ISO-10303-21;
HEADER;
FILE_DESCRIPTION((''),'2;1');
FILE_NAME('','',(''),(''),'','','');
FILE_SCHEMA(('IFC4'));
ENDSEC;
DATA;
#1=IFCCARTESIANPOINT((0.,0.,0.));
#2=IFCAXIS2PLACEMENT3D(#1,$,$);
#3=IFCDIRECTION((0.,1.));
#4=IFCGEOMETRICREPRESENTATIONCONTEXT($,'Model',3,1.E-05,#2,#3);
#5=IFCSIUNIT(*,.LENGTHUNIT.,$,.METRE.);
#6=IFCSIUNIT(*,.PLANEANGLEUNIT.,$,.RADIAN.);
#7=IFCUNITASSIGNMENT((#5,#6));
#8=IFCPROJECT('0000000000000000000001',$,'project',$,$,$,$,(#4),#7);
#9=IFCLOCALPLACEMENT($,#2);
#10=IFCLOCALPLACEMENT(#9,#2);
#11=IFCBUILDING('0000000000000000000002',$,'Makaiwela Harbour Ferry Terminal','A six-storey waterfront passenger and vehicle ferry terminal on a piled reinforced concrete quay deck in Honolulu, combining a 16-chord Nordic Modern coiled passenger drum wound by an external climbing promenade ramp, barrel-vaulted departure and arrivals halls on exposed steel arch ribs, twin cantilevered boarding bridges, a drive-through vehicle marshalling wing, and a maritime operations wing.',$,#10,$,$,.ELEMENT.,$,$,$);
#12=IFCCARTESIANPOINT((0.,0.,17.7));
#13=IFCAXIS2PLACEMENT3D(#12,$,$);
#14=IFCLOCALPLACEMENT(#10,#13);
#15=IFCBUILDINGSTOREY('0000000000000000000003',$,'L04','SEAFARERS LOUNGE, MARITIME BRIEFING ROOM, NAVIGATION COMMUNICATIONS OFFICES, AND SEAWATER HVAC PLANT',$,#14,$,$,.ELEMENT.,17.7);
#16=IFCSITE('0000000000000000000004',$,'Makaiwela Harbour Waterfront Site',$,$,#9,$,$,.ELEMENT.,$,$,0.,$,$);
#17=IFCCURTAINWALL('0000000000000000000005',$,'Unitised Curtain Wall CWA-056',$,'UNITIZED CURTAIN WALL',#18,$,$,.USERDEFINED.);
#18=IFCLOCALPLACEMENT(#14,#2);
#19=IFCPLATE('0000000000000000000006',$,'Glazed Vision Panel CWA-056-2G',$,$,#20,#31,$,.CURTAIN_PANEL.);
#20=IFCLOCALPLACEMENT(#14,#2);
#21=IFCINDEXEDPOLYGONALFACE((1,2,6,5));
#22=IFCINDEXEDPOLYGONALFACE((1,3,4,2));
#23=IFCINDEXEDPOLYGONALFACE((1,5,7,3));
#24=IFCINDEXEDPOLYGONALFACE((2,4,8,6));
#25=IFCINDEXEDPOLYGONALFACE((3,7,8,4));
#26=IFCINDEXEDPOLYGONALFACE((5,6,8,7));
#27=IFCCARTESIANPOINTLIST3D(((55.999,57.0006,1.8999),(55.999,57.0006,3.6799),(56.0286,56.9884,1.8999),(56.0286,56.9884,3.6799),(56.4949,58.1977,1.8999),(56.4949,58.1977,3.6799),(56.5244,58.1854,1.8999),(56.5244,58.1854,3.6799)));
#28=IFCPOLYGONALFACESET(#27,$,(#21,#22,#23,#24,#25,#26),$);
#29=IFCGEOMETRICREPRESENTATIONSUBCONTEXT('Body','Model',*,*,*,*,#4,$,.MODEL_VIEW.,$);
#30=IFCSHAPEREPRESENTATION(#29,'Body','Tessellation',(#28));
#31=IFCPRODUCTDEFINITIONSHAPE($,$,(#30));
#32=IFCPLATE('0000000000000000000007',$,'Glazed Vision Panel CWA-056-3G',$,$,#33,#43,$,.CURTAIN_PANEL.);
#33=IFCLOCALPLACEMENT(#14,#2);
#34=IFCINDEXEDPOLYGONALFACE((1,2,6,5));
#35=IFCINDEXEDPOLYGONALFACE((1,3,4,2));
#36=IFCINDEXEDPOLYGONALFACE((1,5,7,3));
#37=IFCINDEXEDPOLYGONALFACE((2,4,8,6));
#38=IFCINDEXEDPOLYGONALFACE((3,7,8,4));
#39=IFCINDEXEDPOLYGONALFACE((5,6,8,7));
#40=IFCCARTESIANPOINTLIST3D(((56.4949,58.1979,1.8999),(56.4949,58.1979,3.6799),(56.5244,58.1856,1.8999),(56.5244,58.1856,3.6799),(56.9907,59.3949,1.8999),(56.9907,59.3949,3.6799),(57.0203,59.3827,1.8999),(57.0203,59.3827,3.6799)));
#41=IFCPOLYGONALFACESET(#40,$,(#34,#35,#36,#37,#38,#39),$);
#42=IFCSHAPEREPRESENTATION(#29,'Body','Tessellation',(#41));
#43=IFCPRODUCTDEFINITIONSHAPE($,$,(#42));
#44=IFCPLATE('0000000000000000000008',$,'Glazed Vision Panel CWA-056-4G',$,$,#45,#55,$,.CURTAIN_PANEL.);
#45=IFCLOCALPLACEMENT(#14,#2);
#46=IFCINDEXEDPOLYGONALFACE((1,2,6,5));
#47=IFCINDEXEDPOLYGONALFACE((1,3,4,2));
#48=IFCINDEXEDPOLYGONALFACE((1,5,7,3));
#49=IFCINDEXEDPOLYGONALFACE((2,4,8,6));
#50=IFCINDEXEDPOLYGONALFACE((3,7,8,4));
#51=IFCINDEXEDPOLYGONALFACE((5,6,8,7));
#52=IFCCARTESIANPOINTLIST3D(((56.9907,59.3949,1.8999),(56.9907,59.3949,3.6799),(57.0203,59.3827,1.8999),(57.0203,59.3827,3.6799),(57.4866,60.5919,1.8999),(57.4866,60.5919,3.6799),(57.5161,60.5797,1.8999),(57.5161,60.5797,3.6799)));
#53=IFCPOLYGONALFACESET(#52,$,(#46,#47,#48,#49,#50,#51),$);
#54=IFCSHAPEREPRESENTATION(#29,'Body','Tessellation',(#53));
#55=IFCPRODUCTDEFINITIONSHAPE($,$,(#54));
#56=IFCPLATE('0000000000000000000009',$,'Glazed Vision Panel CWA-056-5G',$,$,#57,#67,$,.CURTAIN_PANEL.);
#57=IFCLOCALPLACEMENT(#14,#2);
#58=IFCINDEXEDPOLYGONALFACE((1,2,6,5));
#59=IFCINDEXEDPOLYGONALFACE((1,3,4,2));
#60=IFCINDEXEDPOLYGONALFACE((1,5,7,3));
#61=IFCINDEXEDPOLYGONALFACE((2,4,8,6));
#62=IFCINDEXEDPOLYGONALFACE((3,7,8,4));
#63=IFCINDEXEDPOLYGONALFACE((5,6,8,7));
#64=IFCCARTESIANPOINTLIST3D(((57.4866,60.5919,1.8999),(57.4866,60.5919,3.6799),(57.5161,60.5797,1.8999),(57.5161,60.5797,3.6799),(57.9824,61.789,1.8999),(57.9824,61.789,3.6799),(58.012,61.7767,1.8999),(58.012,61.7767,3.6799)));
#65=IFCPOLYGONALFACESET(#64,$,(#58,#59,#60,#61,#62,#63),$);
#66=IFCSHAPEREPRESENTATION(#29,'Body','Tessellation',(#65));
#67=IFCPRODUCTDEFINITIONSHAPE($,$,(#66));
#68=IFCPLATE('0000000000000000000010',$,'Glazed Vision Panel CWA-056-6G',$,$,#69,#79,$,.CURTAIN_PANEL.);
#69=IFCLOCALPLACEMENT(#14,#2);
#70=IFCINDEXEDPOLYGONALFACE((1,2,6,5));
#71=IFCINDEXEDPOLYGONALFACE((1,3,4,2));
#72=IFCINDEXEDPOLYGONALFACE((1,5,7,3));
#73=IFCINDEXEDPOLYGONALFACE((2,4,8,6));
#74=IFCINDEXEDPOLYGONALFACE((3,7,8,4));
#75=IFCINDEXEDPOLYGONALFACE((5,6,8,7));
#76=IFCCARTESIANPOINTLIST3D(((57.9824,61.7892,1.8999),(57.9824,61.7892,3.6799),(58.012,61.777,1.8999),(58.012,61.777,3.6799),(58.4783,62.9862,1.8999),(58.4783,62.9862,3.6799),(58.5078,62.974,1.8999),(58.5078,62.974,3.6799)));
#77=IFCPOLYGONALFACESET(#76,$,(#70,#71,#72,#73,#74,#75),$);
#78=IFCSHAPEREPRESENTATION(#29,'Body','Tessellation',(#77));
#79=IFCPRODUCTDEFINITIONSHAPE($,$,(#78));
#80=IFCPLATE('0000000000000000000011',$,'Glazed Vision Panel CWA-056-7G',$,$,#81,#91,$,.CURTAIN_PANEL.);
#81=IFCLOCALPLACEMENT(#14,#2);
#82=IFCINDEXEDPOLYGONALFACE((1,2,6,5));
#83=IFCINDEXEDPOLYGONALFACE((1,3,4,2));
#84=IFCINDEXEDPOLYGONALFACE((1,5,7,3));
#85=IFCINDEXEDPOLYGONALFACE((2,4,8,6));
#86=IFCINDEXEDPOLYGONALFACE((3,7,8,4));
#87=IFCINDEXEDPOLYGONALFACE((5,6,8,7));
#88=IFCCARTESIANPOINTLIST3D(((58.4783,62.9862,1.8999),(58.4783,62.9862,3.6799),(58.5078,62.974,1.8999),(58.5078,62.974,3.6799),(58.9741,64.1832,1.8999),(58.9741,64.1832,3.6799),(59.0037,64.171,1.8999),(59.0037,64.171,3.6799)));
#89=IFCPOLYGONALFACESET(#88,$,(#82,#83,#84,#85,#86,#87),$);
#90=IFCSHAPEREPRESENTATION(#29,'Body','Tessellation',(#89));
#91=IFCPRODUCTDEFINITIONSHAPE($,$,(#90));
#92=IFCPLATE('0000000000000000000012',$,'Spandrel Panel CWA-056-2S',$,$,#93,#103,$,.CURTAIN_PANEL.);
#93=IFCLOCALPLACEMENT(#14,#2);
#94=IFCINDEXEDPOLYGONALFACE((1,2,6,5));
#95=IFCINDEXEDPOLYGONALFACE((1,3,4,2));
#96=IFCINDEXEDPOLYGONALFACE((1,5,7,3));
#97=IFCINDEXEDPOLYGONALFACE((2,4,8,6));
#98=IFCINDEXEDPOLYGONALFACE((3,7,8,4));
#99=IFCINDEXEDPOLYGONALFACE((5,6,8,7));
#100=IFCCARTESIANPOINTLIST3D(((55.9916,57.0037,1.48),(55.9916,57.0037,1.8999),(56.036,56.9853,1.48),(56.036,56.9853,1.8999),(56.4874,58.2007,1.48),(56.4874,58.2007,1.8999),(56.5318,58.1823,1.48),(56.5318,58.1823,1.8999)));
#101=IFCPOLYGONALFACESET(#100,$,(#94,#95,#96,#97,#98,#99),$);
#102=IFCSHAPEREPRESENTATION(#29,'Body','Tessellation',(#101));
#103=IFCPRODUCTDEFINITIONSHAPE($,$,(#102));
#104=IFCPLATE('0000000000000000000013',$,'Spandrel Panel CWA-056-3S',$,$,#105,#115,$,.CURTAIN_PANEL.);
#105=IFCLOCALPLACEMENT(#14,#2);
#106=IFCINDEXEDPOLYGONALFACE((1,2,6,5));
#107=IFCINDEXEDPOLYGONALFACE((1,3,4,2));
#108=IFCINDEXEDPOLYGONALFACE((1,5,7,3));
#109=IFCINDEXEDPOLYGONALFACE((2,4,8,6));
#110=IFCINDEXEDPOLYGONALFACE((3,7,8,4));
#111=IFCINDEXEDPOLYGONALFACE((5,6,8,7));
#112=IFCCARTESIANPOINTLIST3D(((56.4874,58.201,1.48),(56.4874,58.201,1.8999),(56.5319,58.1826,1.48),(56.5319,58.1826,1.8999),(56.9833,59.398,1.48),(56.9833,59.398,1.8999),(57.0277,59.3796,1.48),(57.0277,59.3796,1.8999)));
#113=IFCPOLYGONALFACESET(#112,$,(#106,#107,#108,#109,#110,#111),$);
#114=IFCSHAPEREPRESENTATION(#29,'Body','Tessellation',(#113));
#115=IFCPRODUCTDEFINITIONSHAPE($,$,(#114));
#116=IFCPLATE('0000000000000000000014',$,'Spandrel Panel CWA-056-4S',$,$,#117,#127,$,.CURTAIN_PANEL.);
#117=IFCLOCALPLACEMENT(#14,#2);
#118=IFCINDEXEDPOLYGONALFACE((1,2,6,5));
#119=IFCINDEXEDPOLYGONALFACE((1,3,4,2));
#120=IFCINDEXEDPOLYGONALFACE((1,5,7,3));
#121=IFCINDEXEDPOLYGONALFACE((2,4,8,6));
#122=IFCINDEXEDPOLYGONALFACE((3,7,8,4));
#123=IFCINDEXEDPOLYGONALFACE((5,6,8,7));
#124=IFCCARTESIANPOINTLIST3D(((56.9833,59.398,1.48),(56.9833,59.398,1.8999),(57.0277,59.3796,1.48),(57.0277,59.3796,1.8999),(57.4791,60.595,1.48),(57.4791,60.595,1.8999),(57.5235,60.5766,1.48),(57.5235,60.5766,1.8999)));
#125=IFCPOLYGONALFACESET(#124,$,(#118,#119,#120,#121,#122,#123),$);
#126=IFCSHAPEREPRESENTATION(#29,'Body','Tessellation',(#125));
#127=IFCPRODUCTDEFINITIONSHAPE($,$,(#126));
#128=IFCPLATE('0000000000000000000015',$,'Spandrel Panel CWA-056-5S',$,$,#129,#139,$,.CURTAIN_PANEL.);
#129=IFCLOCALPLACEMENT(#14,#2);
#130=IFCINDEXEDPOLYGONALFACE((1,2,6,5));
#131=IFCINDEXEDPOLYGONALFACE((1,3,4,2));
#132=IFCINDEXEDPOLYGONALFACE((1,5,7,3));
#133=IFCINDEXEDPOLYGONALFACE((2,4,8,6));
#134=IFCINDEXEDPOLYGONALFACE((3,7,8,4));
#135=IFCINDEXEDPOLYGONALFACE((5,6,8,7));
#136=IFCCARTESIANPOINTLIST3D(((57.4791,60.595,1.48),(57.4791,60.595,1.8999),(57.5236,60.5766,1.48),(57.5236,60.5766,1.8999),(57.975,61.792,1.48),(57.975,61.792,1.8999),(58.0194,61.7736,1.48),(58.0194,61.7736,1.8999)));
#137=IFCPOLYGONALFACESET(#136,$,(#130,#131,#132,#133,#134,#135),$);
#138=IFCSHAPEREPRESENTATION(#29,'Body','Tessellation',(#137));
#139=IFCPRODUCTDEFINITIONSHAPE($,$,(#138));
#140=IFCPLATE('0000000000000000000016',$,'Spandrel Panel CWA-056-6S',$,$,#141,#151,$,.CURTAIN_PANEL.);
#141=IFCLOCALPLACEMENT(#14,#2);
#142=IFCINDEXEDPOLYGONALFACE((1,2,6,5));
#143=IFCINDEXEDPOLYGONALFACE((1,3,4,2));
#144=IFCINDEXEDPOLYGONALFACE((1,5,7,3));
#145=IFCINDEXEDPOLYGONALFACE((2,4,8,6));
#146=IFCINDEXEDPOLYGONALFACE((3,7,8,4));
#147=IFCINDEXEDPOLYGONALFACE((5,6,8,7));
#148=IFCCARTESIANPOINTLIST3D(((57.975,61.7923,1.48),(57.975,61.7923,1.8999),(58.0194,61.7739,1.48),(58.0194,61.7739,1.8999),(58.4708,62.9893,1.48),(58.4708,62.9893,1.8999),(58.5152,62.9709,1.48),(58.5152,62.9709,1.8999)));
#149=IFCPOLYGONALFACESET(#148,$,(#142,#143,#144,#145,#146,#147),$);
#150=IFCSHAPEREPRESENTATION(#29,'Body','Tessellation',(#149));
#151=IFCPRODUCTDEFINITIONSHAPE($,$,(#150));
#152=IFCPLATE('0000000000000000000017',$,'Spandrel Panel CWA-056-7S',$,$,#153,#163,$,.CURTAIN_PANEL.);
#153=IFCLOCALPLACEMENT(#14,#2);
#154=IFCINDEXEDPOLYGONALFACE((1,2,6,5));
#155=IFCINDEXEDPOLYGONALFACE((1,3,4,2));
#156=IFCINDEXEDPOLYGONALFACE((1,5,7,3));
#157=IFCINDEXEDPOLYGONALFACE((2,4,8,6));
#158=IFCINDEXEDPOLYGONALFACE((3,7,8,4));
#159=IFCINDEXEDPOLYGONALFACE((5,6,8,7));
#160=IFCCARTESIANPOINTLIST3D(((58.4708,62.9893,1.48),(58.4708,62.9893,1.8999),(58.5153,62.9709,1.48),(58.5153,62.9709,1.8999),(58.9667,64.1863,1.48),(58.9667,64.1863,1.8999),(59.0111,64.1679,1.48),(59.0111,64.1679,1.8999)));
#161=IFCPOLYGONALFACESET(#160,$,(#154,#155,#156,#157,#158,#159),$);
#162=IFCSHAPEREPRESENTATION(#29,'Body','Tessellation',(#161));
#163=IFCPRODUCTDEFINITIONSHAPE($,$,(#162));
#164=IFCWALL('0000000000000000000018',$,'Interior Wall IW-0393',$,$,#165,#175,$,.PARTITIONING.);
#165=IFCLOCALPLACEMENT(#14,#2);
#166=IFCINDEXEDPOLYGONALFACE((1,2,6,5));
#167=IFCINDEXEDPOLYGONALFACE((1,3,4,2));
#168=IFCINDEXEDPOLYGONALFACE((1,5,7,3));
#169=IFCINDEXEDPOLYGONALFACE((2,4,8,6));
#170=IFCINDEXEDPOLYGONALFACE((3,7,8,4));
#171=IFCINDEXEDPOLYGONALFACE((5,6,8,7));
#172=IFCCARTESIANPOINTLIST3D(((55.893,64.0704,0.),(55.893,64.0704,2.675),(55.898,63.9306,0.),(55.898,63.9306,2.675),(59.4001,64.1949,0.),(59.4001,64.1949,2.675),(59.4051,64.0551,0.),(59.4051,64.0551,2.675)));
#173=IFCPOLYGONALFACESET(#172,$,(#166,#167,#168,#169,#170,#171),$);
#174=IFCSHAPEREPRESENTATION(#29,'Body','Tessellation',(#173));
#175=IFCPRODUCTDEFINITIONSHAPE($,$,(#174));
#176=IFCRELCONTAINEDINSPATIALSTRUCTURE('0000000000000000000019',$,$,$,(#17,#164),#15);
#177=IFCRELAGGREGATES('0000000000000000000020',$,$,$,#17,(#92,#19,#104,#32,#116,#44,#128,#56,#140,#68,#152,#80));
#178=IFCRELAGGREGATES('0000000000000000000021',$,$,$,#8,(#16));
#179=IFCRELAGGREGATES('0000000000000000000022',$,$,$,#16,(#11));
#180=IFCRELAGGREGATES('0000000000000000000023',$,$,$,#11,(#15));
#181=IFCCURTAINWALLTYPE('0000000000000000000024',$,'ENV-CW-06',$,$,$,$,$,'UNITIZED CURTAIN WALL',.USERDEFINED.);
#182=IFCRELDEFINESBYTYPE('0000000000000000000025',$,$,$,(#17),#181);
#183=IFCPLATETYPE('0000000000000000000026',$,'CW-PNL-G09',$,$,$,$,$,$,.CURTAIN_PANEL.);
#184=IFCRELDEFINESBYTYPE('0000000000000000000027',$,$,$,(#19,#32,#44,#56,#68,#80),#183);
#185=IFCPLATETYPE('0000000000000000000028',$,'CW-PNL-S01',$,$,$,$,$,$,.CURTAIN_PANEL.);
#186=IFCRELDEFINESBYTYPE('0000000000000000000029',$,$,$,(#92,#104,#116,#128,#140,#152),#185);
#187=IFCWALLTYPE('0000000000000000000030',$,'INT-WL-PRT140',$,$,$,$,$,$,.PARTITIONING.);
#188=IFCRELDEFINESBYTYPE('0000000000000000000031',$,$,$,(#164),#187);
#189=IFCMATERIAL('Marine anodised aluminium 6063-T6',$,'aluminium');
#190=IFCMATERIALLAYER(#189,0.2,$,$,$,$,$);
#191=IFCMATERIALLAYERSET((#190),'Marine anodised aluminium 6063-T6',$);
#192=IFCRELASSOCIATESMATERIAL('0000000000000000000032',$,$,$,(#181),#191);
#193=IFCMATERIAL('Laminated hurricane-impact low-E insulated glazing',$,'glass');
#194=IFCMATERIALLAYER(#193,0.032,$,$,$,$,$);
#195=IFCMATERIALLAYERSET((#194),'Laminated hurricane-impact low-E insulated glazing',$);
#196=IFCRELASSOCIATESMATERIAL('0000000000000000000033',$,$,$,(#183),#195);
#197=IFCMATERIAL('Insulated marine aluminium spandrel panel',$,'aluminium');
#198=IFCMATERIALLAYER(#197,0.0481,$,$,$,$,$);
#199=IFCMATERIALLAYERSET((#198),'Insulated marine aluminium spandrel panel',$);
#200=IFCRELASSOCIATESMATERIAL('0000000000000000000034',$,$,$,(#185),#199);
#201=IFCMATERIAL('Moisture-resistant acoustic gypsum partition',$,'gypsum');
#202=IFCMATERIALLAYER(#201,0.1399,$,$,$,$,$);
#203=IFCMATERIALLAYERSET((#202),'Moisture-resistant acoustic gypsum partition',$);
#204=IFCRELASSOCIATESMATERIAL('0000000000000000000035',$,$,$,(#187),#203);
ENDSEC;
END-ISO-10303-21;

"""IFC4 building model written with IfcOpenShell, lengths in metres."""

from ifc_helpers import new_model, si_unit, direction, frame, frame_2d, origin, origin_2d, place, context, subcontext, project, spatial, rectangle, extrude, material, layer, layer_set, type_object, element, aggregate, save


model = new_model("IFC4")

# Units and contexts
model_context = context("Model", 3, precision=1e-05, world=origin(), true_north=direction((0.0, 1.0)))
body_context = subcontext(model_context, "Body", "Model", "MODEL_VIEW")
ifc_project = project(units=[si_unit("LENGTHUNIT", "METRE"), si_unit("PLANEANGLEUNIT", "RADIAN")], contexts=[model_context])

# Site, building, storey
site_placement = place(None, origin())
site = spatial("IfcSite", under=ifc_project, at=site_placement, Name="Makaiwela Harbour Waterfront Site", CompositionType="ELEMENT", RefElevation=0.0)
building_placement = place(site_placement, origin())
building = spatial("IfcBuilding", under=site, at=building_placement, Name="Makaiwela Harbour Ferry Terminal", Description="A six-storey waterfront passenger and vehicle ferry terminal on a piled reinforced concrete quay deck in Honolulu, combining a 16-chord Nordic Modern coiled passenger drum wound by an external climbing promenade ramp, barrel-vaulted departure and arrivals halls on exposed steel arch ribs, twin cantilevered boarding bridges, a drive-through vehicle marshalling wing, and a maritime operations wing.", CompositionType="ELEMENT")
storey_placement = place(building_placement, frame((0.0, 0.0, 17.7)))
storey = spatial("IfcBuildingStorey", under=building, at=storey_placement, Name="L04", Description="SEAFARERS LOUNGE, MARITIME BRIEFING ROOM, NAVIGATION COMMUNICATIONS OFFICES, AND SEAWATER HVAC PLANT", CompositionType="ELEMENT", Elevation=17.7)

# Curtain wall, plates
ifc_material_1 = material(Name="Marine anodised aluminium 6063-T6", Category="aluminium")
ifc_layer_1 = layer(ifc_material_1, 0.2)
ifc_layer_set_1 = layer_set([ifc_layer_1], Name="Marine anodised aluminium 6063-T6")
curtain_wall_type = type_object("IfcCurtainWallType", Name="ENV-CW-06", ElementType="UNITIZED CURTAIN WALL", PredefinedType="USERDEFINED", material=ifc_layer_set_1)
curtain_wall_placement = place(storey_placement, origin())
curtain_wall = element("IfcCurtainWall", 1, at=curtain_wall_placement, inside=storey, type_object=curtain_wall_type, Name="Unitised Curtain Wall CWA-056", ObjectType="UNITIZED CURTAIN WALL", PredefinedType="USERDEFINED")
ifc_material_2 = material(Name="Laminated hurricane-impact low-E insulated glazing", Category="glass")
ifc_layer_2 = layer(ifc_material_2, 0.032)
ifc_layer_set_2 = layer_set([ifc_layer_2], Name="Laminated hurricane-impact low-E insulated glazing")
plate_type_1 = type_object("IfcPlateType", Name="CW-PNL-G09", PredefinedType="CURTAIN_PANEL", material=ifc_layer_set_2)
plate_1_placement = place(storey_placement, frame((56.2617, 57.593, 1.8999), z_axis=(0.0, 0.0, 1.0), x_axis=(0.382683, 0.92388, 0.0)))
plate_1 = element("IfcPlate", 2, at=plate_1_placement, type_object=plate_type_1, Name="Glazed Vision Panel CWA-056-2G", PredefinedType="CURTAIN_PANEL", context=body_context, shape_type="SweptSolid", body=[
    extrude(rectangle(XDim=1.2957, YDim=0.032, at=origin_2d()), origin(), (0.0, 0.0, 1.0), 1.78),
])
plate_2_placement = place(storey_placement, frame((56.7576, 58.7903, 1.8999), z_axis=(0.0, 0.0, 1.0), x_axis=(0.382683, 0.92388, 0.0)))
plate_2 = element("IfcPlate", 3, at=plate_2_placement, type_object=plate_type_1, Name="Glazed Vision Panel CWA-056-3G", PredefinedType="CURTAIN_PANEL", context=body_context, shape_type="SweptSolid", body=[
    extrude(rectangle(XDim=1.2957, YDim=0.032, at=origin_2d()), origin(), (0.0, 0.0, 1.0), 1.78),
])
plate_3_placement = place(storey_placement, frame((57.2534, 59.9873, 1.8999), z_axis=(0.0, 0.0, 1.0), x_axis=(0.382683, 0.92388, 0.0)))
plate_3 = element("IfcPlate", 4, at=plate_3_placement, type_object=plate_type_1, Name="Glazed Vision Panel CWA-056-4G", PredefinedType="CURTAIN_PANEL", context=body_context, shape_type="SweptSolid", body=[
    extrude(rectangle(XDim=1.2957, YDim=0.032, at=origin_2d()), origin(), (0.0, 0.0, 1.0), 1.78),
])
plate_4_placement = place(storey_placement, frame((57.7493, 61.1843, 1.8999), z_axis=(0.0, 0.0, 1.0), x_axis=(0.382683, 0.92388, 0.0)))
plate_4 = element("IfcPlate", 5, at=plate_4_placement, type_object=plate_type_1, Name="Glazed Vision Panel CWA-056-5G", PredefinedType="CURTAIN_PANEL", context=body_context, shape_type="SweptSolid", body=[
    extrude(rectangle(XDim=1.2957, YDim=0.032, at=origin_2d()), origin(), (0.0, 0.0, 1.0), 1.78),
])
plate_5_placement = place(storey_placement, frame((58.2451, 62.3816, 1.8999), z_axis=(0.0, 0.0, 1.0), x_axis=(0.382683, 0.92388, 0.0)))
plate_5 = element("IfcPlate", 6, at=plate_5_placement, type_object=plate_type_1, Name="Glazed Vision Panel CWA-056-6G", PredefinedType="CURTAIN_PANEL", context=body_context, shape_type="SweptSolid", body=[
    extrude(rectangle(XDim=1.2957, YDim=0.032, at=origin_2d()), origin(), (0.0, 0.0, 1.0), 1.78),
])
plate_6_placement = place(storey_placement, frame((58.741, 63.5786, 1.8999), z_axis=(0.0, 0.0, 1.0), x_axis=(0.382683, 0.92388, 0.0)))
plate_6 = element("IfcPlate", 7, at=plate_6_placement, type_object=plate_type_1, Name="Glazed Vision Panel CWA-056-7G", PredefinedType="CURTAIN_PANEL", context=body_context, shape_type="SweptSolid", body=[
    extrude(rectangle(XDim=1.2957, YDim=0.032, at=origin_2d()), origin(), (0.0, 0.0, 1.0), 1.78),
])
ifc_material_3 = material(Name="Insulated marine aluminium spandrel panel", Category="aluminium")
ifc_layer_3 = layer(ifc_material_3, 0.0481)
ifc_layer_set_3 = layer_set([ifc_layer_3], Name="Insulated marine aluminium spandrel panel")
plate_type_2 = type_object("IfcPlateType", Name="CW-PNL-S01", PredefinedType="CURTAIN_PANEL", material=ifc_layer_set_3)
plate_7_placement = place(storey_placement, frame((56.2617, 57.593, 1.48), z_axis=(0.0, 0.0, 1.0), x_axis=(0.382683, 0.92388, 0.0)))
plate_7 = element("IfcPlate", 8, at=plate_7_placement, type_object=plate_type_2, Name="Spandrel Panel CWA-056-2S", PredefinedType="CURTAIN_PANEL", context=body_context, shape_type="SweptSolid", body=[
    extrude(rectangle(XDim=1.2957, YDim=0.0481, at=origin_2d()), origin(), (0.0, 0.0, 1.0), 0.4199),
])
plate_8_placement = place(storey_placement, frame((56.7576, 58.7903, 1.48), z_axis=(0.0, 0.0, 1.0), x_axis=(0.382683, 0.92388, 0.0)))
plate_8 = element("IfcPlate", 9, at=plate_8_placement, type_object=plate_type_2, Name="Spandrel Panel CWA-056-3S", PredefinedType="CURTAIN_PANEL", context=body_context, shape_type="SweptSolid", body=[
    extrude(rectangle(XDim=1.2957, YDim=0.0481, at=origin_2d()), origin(), (0.0, 0.0, 1.0), 0.4199),
])
plate_9_placement = place(storey_placement, frame((57.2534, 59.9873, 1.48), z_axis=(0.0, 0.0, 1.0), x_axis=(0.382683, 0.92388, 0.0)))
plate_9 = element("IfcPlate", 10, at=plate_9_placement, type_object=plate_type_2, Name="Spandrel Panel CWA-056-4S", PredefinedType="CURTAIN_PANEL", context=body_context, shape_type="SweptSolid", body=[
    extrude(rectangle(XDim=1.2957, YDim=0.0481, at=origin_2d()), origin(), (0.0, 0.0, 1.0), 0.4199),
])
plate_10_placement = place(storey_placement, frame((57.7493, 61.1843, 1.48), z_axis=(0.0, 0.0, 1.0), x_axis=(0.382683, 0.92388, 0.0)))
plate_10 = element("IfcPlate", 11, at=plate_10_placement, type_object=plate_type_2, Name="Spandrel Panel CWA-056-5S", PredefinedType="CURTAIN_PANEL", context=body_context, shape_type="SweptSolid", body=[
    extrude(rectangle(XDim=1.2957, YDim=0.0481, at=origin_2d()), origin(), (0.0, 0.0, 1.0), 0.4199),
])
plate_11_placement = place(storey_placement, frame((58.2451, 62.3816, 1.48), z_axis=(0.0, 0.0, 1.0), x_axis=(0.382683, 0.92388, 0.0)))
plate_11 = element("IfcPlate", 12, at=plate_11_placement, type_object=plate_type_2, Name="Spandrel Panel CWA-056-6S", PredefinedType="CURTAIN_PANEL", context=body_context, shape_type="SweptSolid", body=[
    extrude(rectangle(XDim=1.2957, YDim=0.0481, at=origin_2d()), origin(), (0.0, 0.0, 1.0), 0.4199),
])
plate_12_placement = place(storey_placement, frame((58.741, 63.5786, 1.48), z_axis=(0.0, 0.0, 1.0), x_axis=(0.382683, 0.92388, 0.0)))
plate_12 = element("IfcPlate", 13, at=plate_12_placement, type_object=plate_type_2, Name="Spandrel Panel CWA-056-7S", PredefinedType="CURTAIN_PANEL", context=body_context, shape_type="SweptSolid", body=[
    extrude(rectangle(XDim=1.2957, YDim=0.0481, at=origin_2d()), origin(), (0.0, 0.0, 1.0), 0.4199),
])
aggregate(curtain_wall, [plate_7, plate_1, plate_8, plate_2, plate_9, plate_3, plate_10, plate_4, plate_11, plate_5, plate_12, plate_6])

# Wall
ifc_material_4 = material(Name="Moisture-resistant acoustic gypsum partition", Category="gypsum")
ifc_layer_4 = layer(ifc_material_4, 0.1399)
ifc_layer_set_4 = layer_set([ifc_layer_4], Name="Moisture-resistant acoustic gypsum partition")
wall_type = type_object("IfcWallType", Name="INT-WL-PRT140", PredefinedType="PARTITIONING", material=ifc_layer_set_4)
wall_placement = place(storey_placement, frame((55.8955, 64.0005, 0.0), z_axis=(0.0, 0.0, 1.0), x_axis=(0.99937, 0.035481, 0.0)))
element("IfcWall", 14, at=wall_placement, inside=storey, type_object=wall_type, Name="Interior Wall IW-0393", PredefinedType="PARTITIONING", context=body_context, shape_type="SweptSolid", body=[
    extrude(rectangle(XDim=3.5093, YDim=0.1399, at=frame_2d((1.7546, 0.0))), origin(), (0.0, 0.0, 1.0), 2.675),
])

save(model, "model.ifc")
